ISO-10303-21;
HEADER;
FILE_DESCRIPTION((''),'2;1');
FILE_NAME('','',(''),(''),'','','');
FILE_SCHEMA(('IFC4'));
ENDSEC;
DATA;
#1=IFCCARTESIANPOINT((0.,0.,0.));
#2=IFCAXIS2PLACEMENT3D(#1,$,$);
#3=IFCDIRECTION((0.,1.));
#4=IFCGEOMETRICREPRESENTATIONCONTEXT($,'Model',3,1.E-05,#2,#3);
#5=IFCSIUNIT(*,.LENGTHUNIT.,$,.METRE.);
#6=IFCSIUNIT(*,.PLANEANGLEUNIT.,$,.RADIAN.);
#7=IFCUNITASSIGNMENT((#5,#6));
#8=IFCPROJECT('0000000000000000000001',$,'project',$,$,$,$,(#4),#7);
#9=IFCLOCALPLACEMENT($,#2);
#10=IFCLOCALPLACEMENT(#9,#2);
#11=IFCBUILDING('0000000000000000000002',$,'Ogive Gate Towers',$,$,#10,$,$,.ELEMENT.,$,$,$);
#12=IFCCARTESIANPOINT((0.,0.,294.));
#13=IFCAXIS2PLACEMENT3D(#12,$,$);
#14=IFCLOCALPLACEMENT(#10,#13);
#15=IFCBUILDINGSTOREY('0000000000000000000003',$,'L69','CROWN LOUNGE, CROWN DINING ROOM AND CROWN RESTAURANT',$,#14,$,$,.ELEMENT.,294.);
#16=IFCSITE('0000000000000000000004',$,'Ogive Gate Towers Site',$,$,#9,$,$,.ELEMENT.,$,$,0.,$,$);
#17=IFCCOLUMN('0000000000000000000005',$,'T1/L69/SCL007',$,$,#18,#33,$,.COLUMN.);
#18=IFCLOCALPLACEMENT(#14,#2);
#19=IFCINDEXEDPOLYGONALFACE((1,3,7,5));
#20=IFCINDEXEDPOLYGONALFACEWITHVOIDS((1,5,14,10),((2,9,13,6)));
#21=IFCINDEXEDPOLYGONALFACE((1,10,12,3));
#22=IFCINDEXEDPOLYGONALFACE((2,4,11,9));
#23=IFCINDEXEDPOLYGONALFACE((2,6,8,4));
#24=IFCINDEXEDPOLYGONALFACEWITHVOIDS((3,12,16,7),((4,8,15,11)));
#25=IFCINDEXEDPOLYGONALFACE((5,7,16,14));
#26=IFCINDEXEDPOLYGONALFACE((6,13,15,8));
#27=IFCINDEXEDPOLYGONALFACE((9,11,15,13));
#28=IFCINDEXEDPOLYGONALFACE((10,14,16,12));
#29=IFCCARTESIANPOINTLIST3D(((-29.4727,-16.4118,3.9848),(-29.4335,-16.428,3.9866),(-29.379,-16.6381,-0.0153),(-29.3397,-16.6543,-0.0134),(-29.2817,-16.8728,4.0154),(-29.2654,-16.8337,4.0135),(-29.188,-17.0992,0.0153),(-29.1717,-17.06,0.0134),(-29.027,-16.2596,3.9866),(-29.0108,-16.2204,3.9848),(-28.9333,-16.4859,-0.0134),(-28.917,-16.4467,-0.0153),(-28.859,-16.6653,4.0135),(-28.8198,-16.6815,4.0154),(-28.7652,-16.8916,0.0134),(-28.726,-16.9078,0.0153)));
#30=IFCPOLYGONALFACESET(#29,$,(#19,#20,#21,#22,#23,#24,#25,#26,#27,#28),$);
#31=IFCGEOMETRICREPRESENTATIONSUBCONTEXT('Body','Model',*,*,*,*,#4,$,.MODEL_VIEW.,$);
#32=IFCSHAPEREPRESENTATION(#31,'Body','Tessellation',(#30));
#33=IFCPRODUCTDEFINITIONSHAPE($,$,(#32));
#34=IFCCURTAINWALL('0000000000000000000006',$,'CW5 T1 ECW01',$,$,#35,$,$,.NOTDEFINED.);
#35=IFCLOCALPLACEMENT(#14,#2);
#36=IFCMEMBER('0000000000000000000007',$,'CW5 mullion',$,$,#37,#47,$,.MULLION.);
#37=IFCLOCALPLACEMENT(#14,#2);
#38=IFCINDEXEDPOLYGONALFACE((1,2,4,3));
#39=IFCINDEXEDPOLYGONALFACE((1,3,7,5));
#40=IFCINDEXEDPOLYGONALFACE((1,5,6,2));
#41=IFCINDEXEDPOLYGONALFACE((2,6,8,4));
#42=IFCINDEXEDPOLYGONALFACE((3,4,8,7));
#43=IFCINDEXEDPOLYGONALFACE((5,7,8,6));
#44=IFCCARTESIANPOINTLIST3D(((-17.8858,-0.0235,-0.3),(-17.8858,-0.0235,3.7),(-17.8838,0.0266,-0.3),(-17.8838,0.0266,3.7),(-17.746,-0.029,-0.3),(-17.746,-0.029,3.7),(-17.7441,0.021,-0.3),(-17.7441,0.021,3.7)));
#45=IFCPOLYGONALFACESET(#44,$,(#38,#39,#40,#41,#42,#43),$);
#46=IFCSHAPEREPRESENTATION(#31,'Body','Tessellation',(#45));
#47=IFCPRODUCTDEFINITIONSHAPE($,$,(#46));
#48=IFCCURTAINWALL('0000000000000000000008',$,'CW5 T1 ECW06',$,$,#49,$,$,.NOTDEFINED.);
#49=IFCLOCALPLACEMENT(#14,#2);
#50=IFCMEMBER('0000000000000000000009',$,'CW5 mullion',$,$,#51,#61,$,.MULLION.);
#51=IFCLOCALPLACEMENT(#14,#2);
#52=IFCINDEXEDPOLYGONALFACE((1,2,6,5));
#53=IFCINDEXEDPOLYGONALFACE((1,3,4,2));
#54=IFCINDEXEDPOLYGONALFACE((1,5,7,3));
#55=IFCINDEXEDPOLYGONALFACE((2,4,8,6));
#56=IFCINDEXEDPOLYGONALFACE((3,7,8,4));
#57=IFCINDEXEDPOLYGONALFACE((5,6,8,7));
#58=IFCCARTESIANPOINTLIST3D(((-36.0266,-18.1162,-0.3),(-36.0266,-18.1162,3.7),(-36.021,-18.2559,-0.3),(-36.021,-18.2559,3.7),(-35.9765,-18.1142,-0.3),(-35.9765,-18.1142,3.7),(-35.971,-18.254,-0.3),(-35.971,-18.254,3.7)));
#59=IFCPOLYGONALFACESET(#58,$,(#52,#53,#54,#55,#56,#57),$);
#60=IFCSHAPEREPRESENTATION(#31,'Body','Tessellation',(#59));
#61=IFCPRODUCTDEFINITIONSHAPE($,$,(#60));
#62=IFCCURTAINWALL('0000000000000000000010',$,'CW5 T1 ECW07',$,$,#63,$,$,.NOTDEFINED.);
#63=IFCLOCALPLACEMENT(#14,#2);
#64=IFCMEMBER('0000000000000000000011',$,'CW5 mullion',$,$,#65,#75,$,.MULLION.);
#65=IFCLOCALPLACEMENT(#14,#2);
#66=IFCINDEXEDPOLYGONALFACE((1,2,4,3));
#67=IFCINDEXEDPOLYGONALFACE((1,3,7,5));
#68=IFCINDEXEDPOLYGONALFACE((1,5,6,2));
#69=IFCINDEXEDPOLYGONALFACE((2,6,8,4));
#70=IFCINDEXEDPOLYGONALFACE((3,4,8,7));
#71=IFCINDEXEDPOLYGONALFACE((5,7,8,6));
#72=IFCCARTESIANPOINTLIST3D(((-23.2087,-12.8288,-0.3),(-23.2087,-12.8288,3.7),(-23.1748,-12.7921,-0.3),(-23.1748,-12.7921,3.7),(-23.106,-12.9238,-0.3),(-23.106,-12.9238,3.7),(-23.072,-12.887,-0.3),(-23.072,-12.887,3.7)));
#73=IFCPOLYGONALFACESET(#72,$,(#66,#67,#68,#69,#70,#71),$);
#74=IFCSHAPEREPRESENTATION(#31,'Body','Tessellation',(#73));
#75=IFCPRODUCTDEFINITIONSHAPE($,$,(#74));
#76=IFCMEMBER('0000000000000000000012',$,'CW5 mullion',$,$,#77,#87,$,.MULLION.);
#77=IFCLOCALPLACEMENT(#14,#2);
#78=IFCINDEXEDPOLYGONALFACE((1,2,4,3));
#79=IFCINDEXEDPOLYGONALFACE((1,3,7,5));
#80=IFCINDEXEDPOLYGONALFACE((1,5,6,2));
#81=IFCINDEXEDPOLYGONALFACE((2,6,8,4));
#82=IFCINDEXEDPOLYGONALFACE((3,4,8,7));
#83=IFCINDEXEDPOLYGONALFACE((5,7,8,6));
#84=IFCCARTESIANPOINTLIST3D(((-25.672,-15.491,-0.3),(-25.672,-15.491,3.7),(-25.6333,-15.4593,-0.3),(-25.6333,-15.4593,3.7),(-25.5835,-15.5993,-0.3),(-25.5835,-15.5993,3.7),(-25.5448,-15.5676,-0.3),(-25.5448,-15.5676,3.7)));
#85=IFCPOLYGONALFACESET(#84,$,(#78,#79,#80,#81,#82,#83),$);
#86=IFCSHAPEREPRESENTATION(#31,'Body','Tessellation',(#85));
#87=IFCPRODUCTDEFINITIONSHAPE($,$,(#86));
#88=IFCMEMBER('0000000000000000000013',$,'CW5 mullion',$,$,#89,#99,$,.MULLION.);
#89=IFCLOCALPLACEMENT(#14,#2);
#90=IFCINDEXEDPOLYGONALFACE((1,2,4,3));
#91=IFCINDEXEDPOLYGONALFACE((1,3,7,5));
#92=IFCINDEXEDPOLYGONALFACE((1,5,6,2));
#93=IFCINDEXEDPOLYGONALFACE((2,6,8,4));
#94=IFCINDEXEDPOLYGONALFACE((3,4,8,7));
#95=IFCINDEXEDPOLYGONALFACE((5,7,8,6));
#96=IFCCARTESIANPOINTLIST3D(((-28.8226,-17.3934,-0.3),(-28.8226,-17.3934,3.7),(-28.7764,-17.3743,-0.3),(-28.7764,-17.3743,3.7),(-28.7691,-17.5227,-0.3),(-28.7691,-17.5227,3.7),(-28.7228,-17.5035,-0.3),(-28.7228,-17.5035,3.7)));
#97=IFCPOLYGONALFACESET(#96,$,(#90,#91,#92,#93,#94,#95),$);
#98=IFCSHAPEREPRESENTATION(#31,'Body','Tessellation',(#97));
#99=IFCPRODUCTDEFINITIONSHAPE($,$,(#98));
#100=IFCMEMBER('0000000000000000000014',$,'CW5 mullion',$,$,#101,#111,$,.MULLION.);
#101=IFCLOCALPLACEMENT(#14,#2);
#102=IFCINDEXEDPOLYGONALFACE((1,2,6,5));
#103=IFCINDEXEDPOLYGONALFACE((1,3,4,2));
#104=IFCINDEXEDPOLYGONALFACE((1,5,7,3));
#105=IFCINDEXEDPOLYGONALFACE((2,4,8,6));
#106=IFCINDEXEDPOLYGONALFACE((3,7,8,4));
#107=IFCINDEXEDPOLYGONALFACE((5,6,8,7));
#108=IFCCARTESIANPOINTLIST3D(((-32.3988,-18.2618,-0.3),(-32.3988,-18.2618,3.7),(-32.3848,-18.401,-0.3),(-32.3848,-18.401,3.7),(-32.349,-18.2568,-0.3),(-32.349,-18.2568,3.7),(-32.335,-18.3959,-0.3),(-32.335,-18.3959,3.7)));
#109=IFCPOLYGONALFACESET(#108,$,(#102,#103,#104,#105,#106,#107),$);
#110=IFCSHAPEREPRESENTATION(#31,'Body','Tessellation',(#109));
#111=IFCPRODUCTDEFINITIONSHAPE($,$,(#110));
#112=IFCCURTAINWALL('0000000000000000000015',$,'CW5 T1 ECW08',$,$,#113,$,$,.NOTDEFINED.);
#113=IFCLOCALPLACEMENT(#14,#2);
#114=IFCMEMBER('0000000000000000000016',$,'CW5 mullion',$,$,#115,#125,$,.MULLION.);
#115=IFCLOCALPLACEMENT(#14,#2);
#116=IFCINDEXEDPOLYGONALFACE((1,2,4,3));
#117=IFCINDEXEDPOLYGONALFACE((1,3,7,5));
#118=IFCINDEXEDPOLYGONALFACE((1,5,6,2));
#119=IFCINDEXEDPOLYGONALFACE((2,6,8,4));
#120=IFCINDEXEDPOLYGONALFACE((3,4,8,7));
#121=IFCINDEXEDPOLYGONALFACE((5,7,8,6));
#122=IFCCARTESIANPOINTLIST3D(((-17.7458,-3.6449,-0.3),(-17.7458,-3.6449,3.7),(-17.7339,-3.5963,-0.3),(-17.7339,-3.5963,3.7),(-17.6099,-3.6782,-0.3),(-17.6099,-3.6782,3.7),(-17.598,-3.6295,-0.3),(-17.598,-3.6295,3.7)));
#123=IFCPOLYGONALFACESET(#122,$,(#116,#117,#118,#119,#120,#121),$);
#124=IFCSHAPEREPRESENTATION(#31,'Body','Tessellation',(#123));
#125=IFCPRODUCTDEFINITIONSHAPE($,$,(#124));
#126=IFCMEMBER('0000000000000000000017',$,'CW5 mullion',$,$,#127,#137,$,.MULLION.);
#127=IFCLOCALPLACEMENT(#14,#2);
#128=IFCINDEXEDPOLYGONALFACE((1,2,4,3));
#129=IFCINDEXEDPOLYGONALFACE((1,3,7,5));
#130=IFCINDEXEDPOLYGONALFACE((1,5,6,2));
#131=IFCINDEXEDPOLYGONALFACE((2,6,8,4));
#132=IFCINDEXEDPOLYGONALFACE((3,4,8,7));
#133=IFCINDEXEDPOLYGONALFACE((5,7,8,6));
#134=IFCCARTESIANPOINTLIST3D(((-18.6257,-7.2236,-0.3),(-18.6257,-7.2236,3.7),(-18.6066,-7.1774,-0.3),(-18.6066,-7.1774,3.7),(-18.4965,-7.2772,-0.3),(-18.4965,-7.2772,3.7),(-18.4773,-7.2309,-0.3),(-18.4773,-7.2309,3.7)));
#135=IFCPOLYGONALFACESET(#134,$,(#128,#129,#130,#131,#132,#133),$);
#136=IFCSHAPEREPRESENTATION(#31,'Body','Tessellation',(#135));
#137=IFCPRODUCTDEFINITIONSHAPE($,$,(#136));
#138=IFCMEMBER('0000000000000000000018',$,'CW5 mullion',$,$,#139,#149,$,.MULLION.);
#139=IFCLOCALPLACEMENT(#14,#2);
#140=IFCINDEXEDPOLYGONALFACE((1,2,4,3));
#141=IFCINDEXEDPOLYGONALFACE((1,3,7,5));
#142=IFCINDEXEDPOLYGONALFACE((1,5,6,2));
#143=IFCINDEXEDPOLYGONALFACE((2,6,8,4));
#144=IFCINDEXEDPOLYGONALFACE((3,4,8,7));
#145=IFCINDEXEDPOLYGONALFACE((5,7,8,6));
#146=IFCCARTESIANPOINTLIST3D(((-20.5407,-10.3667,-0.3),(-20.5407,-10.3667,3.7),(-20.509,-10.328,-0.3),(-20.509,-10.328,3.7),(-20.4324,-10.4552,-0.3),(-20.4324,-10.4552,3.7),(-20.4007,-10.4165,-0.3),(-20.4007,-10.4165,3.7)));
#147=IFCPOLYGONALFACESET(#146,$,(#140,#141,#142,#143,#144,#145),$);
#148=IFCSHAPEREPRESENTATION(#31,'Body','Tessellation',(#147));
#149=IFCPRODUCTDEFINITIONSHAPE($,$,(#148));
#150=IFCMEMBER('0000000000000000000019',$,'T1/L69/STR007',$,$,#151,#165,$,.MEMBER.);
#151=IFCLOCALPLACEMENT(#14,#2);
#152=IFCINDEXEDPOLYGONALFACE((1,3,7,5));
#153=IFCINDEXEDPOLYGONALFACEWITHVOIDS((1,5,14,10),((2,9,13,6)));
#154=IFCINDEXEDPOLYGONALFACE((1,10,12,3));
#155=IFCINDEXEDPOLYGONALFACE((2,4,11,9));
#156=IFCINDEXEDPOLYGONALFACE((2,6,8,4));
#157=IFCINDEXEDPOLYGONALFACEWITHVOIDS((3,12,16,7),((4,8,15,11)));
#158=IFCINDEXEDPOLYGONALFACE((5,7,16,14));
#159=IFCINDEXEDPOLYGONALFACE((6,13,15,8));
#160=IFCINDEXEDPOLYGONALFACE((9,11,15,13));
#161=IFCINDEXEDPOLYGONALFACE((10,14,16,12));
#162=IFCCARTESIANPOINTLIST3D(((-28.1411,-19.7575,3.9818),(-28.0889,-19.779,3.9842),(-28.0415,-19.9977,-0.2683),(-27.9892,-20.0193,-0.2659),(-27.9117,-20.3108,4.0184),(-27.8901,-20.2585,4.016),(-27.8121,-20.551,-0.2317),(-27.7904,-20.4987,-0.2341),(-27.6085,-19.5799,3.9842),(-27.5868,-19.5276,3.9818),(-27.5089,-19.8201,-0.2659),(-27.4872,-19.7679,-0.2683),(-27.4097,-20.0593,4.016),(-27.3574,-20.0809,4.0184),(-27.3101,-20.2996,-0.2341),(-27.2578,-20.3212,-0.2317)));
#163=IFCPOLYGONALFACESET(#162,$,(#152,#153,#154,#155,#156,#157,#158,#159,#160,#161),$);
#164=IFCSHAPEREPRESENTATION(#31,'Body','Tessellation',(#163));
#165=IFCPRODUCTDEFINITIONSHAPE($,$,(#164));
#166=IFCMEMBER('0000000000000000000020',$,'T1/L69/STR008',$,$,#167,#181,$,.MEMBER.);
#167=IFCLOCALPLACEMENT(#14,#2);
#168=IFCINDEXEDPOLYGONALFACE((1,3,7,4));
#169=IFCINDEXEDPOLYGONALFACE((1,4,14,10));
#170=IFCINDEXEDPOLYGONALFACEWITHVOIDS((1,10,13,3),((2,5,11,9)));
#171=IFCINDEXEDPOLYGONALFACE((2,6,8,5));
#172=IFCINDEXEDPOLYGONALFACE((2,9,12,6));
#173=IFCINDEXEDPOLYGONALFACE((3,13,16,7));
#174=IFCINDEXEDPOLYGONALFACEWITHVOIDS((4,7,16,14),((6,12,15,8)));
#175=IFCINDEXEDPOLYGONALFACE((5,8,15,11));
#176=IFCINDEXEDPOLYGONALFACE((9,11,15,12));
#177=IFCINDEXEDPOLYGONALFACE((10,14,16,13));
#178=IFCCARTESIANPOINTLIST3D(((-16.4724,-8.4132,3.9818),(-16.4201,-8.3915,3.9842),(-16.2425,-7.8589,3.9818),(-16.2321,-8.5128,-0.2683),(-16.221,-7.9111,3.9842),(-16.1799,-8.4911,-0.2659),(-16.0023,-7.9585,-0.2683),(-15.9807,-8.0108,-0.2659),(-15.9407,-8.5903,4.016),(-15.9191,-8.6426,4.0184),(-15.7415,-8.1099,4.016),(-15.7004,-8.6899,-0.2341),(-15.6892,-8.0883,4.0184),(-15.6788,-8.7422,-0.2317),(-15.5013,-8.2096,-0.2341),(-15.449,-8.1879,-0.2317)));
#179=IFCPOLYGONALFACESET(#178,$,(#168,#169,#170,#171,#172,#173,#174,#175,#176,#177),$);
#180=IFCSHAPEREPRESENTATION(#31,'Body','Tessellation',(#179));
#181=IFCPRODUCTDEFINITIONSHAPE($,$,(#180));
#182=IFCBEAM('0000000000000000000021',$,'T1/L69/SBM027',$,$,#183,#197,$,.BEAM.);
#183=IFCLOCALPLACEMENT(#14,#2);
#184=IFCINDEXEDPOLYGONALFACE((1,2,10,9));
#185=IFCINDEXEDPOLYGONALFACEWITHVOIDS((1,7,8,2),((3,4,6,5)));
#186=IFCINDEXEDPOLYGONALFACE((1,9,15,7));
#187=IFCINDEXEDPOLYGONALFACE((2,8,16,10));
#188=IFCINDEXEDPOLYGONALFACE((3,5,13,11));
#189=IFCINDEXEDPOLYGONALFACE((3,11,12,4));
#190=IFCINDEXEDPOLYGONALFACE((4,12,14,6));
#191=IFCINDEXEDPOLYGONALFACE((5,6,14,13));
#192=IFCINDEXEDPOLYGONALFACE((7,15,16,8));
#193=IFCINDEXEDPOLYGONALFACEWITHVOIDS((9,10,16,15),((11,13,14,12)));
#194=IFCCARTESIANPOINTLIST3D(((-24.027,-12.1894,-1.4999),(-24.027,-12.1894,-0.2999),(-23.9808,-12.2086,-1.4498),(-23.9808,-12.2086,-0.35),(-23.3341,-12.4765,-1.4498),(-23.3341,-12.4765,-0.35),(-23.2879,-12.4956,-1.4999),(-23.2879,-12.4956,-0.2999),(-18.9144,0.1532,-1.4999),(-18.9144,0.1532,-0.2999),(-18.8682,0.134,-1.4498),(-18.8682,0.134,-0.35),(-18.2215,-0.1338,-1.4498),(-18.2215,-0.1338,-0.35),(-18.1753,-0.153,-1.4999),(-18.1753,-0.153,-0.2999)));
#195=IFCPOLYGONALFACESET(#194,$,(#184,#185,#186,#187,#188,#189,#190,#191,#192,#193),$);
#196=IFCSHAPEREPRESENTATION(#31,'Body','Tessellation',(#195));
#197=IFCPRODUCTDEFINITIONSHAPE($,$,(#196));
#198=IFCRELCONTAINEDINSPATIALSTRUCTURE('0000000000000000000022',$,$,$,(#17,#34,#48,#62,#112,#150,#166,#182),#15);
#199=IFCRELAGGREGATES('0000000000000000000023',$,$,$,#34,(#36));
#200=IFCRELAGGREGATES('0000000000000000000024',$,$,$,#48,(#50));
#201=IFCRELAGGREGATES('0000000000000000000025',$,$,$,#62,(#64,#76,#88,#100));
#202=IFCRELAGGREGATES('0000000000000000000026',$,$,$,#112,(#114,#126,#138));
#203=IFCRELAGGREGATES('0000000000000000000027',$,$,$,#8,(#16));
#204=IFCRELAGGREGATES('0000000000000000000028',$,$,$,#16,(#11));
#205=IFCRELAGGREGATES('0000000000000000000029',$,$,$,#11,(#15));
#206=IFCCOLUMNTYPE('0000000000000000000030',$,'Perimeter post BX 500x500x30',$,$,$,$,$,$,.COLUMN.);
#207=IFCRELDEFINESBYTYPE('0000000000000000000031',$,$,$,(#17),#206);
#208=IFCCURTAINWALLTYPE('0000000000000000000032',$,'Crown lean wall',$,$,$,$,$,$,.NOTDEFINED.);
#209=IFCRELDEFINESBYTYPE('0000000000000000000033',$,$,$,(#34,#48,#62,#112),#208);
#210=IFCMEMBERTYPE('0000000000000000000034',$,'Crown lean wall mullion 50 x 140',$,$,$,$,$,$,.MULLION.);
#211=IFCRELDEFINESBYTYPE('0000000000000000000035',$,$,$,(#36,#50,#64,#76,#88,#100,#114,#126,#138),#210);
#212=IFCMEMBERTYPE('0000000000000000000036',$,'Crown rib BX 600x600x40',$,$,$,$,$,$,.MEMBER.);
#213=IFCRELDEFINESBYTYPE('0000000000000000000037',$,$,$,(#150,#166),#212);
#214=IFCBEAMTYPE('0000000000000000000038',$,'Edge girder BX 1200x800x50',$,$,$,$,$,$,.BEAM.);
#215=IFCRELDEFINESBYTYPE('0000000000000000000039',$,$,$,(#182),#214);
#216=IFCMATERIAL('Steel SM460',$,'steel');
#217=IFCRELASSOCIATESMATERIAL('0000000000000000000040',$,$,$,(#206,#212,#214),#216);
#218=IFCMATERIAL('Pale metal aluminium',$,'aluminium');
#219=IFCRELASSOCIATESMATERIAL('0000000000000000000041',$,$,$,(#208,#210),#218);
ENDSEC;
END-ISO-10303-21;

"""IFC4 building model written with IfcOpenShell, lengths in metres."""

from ifc_helpers import new_model, si_unit, direction, frame, origin, origin_2d, place, context, subcontext, project, spatial, rectangle, hollow_rectangle, extrude, material, material_profile, profile_set, type_object, element, aggregate, save


model = new_model("IFC4")

# Units and contexts
model_context = context("Model", 3, precision=1e-05, world=origin(), true_north=direction((0.0, 1.0)))
body_context = subcontext(model_context, "Body", "Model", "MODEL_VIEW")
ifc_project = project(units=[si_unit("LENGTHUNIT", "METRE"), si_unit("PLANEANGLEUNIT", "RADIAN")], contexts=[model_context])

# Site, building, storey
site_placement = place(None, origin())
site = spatial("IfcSite", under=ifc_project, at=site_placement, Name="Ogive Gate Towers Site", CompositionType="ELEMENT", RefElevation=0.0)
building_placement = place(site_placement, origin())
building = spatial("IfcBuilding", under=site, at=building_placement, Name="Ogive Gate Towers", CompositionType="ELEMENT")
storey_placement = place(building_placement, frame((0.0, 0.0, 294.0)))
storey = spatial("IfcBuildingStorey", under=building, at=storey_placement, Name="L69", Description="CROWN LOUNGE, CROWN DINING ROOM AND CROWN RESTAURANT", CompositionType="ELEMENT", Elevation=294.0)

# Column
ifc_material_1 = material(Name="Steel SM460", Category="steel")
ifc_material_profile_1 = material_profile(ifc_material_1, hollow_rectangle(XDim=0.5, YDim=0.5, WallThickness=0.03, at=origin_2d()), Name="BX 500x500x30")
ifc_profile_set_1 = profile_set([ifc_material_profile_1], Name="Steel SM460")
column_type = type_object("IfcColumnType", Name="Perimeter post BX 500x500x30", PredefinedType="COLUMN", material=ifc_profile_set_1)
column_placement = place(storey_placement, frame((-29.0525, -16.7729, 0.0), z_axis=(-0.023394, 0.056474, 0.99813), x_axis=(-0.923871, -0.382704, 0.0)))
element("IfcColumn", 1, at=column_placement, inside=storey, type_object=column_type, Name="T1/L69/SCL007", PredefinedType="COLUMN", context=body_context, shape_type="SweptSolid", body=[
    extrude(hollow_rectangle(XDim=0.5, YDim=0.5, WallThickness=0.03, at=origin_2d()), origin(), (0.0, 0.0, 1.0), 4.0076),
])

# Curtain walls, members
ifc_material_2 = material(Name="Pale metal aluminium", Category="aluminium")
curtain_wall_type = type_object("IfcCurtainWallType", Name="Crown lean wall", PredefinedType="NOTDEFINED", material=ifc_material_2)
curtain_wall_1_placement = place(storey_placement, origin())
curtain_wall_1 = element("IfcCurtainWall", 2, at=curtain_wall_1_placement, inside=storey, type_object=curtain_wall_type, Name="CW5 T1 ECW01", PredefinedType="NOTDEFINED")
ifc_material_profile_2 = material_profile(ifc_material_2, rectangle(XDim=0.1399, YDim=0.05, at=origin_2d()), Name="50 x 140 aluminium box")
ifc_profile_set_2 = profile_set([ifc_material_profile_2], Name="Pale metal aluminium")
member_type_1 = type_object("IfcMemberType", Name="Crown lean wall mullion 50 x 140", PredefinedType="MULLION", material=ifc_profile_set_2)
member_1_placement = place(storey_placement, frame((-17.8149, -0.0012, -0.3), z_axis=(0.0, 0.0, 1.0), x_axis=(-0.999215, 0.039609, 0.0)))
member_1 = element("IfcMember", 3, at=member_1_placement, type_object=member_type_1, Name="CW5 mullion", PredefinedType="MULLION", context=body_context, shape_type="SweptSolid", body=[
    extrude(rectangle(XDim=0.1399, YDim=0.05, at=origin_2d()), origin(), (0.0, 0.0, 1.0), 4.0),
])
aggregate(curtain_wall_1, [member_1])
curtain_wall_2_placement = place(storey_placement, origin())
curtain_wall_2 = element("IfcCurtainWall", 4, at=curtain_wall_2_placement, inside=storey, type_object=curtain_wall_type, Name="CW5 T1 ECW06", PredefinedType="NOTDEFINED")
member_2_placement = place(storey_placement, frame((-35.9988, -18.1851, -0.3), z_axis=(0.0, 0.0, 1.0), x_axis=(-0.039609, 0.999215, 0.0)))
member_2 = element("IfcMember", 5, at=member_2_placement, type_object=member_type_1, Name="CW5 mullion", PredefinedType="MULLION", context=body_context, shape_type="SweptSolid", body=[
    extrude(rectangle(XDim=0.1399, YDim=0.05, at=origin_2d()), origin(), (0.0, 0.0, 1.0), 4.0),
])
aggregate(curtain_wall_2, [member_2])

# Curtain walls, members
curtain_wall_3_placement = place(storey_placement, origin())
curtain_wall_3 = element("IfcCurtainWall", 6, at=curtain_wall_3_placement, inside=storey, type_object=curtain_wall_type, Name="CW5 T1 ECW07", PredefinedType="NOTDEFINED")
member_3_placement = place(storey_placement, frame((-23.1404, -12.8579, -0.3), z_axis=(0.0, 0.0, 1.0), x_axis=(-0.734548, 0.678557, 0.0)))
member_3 = element("IfcMember", 7, at=member_3_placement, type_object=member_type_1, Name="CW5 mullion", PredefinedType="MULLION", context=body_context, shape_type="SweptSolid", body=[
    extrude(rectangle(XDim=0.1399, YDim=0.05, at=origin_2d()), origin(), (0.0, 0.0, 1.0), 4.0),
])
member_4_placement = place(storey_placement, frame((-25.6084, -15.5293, -0.3), z_axis=(0.0, 0.0, 1.0), x_axis=(-0.632759, 0.774348, 0.0)))
member_4 = element("IfcMember", 8, at=member_4_placement, type_object=member_type_1, Name="CW5 mullion", PredefinedType="MULLION", context=body_context, shape_type="SweptSolid", body=[
    extrude(rectangle(XDim=0.1399, YDim=0.05, at=origin_2d()), origin(), (0.0, 0.0, 1.0), 4.0),
])
member_5_placement = place(storey_placement, frame((-28.7727, -17.4485, -0.3), z_axis=(0.0, 0.0, 1.0), x_axis=(-0.382683, 0.92388, 0.0)))
member_5 = element("IfcMember", 9, at=member_5_placement, type_object=member_type_1, Name="CW5 mullion", PredefinedType="MULLION", context=body_context, shape_type="SweptSolid", body=[
    extrude(rectangle(XDim=0.1399, YDim=0.05, at=origin_2d()), origin(), (0.0, 0.0, 1.0), 4.0),
])
member_6_placement = place(storey_placement, frame((-32.3669, -18.3289, -0.3), z_axis=(0.0, 0.0, 1.0), x_axis=(-0.100101, 0.994977, 0.0)))
member_6 = element("IfcMember", 10, at=member_6_placement, type_object=member_type_1, Name="CW5 mullion", PredefinedType="MULLION", context=body_context, shape_type="SweptSolid", body=[
    extrude(rectangle(XDim=0.1399, YDim=0.05, at=origin_2d()), origin(), (0.0, 0.0, 1.0), 4.0),
])
curtain_wall_4_placement = place(storey_placement, origin())
curtain_wall_4 = element("IfcCurtainWall", 11, at=curtain_wall_4_placement, inside=storey, type_object=curtain_wall_type, Name="CW5 T1 ECW08", PredefinedType="NOTDEFINED")
member_7_placement = place(storey_placement, frame((-17.6719, -3.6372, -0.3), z_axis=(0.0, 0.0, 1.0), x_axis=(-0.971296, 0.237872, 0.0)))
member_7 = element("IfcMember", 12, at=member_7_placement, type_object=member_type_1, Name="CW5 mullion", PredefinedType="MULLION", context=body_context, shape_type="SweptSolid", body=[
    extrude(rectangle(XDim=0.1399, YDim=0.05, at=origin_2d()), origin(), (0.0, 0.0, 1.0), 4.0),
])
member_8_placement = place(storey_placement, frame((-18.5515, -7.2273, -0.3), z_axis=(0.0, 0.0, 1.0), x_axis=(-0.92388, 0.382683, 0.0)))
member_8 = element("IfcMember", 13, at=member_8_placement, type_object=member_type_1, Name="CW5 mullion", PredefinedType="MULLION", context=body_context, shape_type="SweptSolid", body=[
    extrude(rectangle(XDim=0.1399, YDim=0.05, at=origin_2d()), origin(), (0.0, 0.0, 1.0), 4.0),
])
member_9_placement = place(storey_placement, frame((-20.4707, -10.3916, -0.3), z_axis=(0.0, 0.0, 1.0), x_axis=(-0.774348, 0.632759, 0.0)))
member_9 = element("IfcMember", 14, at=member_9_placement, type_object=member_type_1, Name="CW5 mullion", PredefinedType="MULLION", context=body_context, shape_type="SweptSolid", body=[
    extrude(rectangle(XDim=0.1399, YDim=0.05, at=origin_2d()), origin(), (0.0, 0.0, 1.0), 4.0),
])

# Members
ifc_material_profile_3 = material_profile(ifc_material_1, hollow_rectangle(XDim=0.6001, YDim=0.6001, WallThickness=0.04, at=origin_2d()), Name="BX 600x600x40")
ifc_profile_set_3 = profile_set([ifc_material_profile_3], Name="Steel SM460")
member_type_2 = type_object("IfcMemberType", Name="Crown rib BX 600x600x40", PredefinedType="MEMBER", material=ifc_profile_set_3)
for number, where, z_axis, x_axis, name in (
    (15, (-27.6497, -20.1594, -0.25), (-0.023394, 0.05642, 0.998133), (-0.923742, -0.383015, 0.0), "T1/L69/STR007"),
    (16, (-15.8406, -8.3503, -0.25), (-0.05642, 0.023394, 0.998133), (-0.383015, -0.923742, 0.0), "T1/L69/STR008"),
):
    element("IfcMember", number, at=place(storey_placement, frame(where, z_axis=z_axis, x_axis=x_axis)), inside=storey, type_object=member_type_2, Name=name, PredefinedType="MEMBER", context=body_context, shape_type="SweptSolid", body=[
        extrude(hollow_rectangle(XDim=0.6001, YDim=0.6001, WallThickness=0.04, at=origin_2d()), origin(), (0.0, 0.0, 1.0), 4.2581),
    ])

# Beam
ifc_material_profile_4 = material_profile(ifc_material_1, hollow_rectangle(XDim=0.8, YDim=1.2, WallThickness=0.05, at=origin_2d()), Name="BX 1200x800x50")
ifc_profile_set_4 = profile_set([ifc_material_profile_4], Name="Steel SM460")
beam_type_1 = type_object("IfcBeamType", Name="Edge girder BX 1200x800x50", PredefinedType="BEAM", material=ifc_profile_set_4)
for number, where, z_axis, x_axis, name in (
    (17, (-23.6575, -12.3425, -0.8999), (0.38269, 0.923877, 0.0), (-0.923877, 0.38269, 0.0), "T1/L69/SBM027"),
):
    element("IfcBeam", number, at=place(storey_placement, frame(where, z_axis=z_axis, x_axis=x_axis)), inside=storey, type_object=beam_type_1, Name=name, PredefinedType="BEAM", context=body_context, shape_type="SweptSolid", body=[
        extrude(hollow_rectangle(XDim=0.8, YDim=1.2, WallThickness=0.05, at=origin_2d()), origin(), (0.0, 0.0, 1.0), 13.3596),
    ])

aggregate(curtain_wall_3, [member_3, member_4, member_5, member_6])
aggregate(curtain_wall_4, [member_7, member_8, member_9])

save(model, "model.ifc")
